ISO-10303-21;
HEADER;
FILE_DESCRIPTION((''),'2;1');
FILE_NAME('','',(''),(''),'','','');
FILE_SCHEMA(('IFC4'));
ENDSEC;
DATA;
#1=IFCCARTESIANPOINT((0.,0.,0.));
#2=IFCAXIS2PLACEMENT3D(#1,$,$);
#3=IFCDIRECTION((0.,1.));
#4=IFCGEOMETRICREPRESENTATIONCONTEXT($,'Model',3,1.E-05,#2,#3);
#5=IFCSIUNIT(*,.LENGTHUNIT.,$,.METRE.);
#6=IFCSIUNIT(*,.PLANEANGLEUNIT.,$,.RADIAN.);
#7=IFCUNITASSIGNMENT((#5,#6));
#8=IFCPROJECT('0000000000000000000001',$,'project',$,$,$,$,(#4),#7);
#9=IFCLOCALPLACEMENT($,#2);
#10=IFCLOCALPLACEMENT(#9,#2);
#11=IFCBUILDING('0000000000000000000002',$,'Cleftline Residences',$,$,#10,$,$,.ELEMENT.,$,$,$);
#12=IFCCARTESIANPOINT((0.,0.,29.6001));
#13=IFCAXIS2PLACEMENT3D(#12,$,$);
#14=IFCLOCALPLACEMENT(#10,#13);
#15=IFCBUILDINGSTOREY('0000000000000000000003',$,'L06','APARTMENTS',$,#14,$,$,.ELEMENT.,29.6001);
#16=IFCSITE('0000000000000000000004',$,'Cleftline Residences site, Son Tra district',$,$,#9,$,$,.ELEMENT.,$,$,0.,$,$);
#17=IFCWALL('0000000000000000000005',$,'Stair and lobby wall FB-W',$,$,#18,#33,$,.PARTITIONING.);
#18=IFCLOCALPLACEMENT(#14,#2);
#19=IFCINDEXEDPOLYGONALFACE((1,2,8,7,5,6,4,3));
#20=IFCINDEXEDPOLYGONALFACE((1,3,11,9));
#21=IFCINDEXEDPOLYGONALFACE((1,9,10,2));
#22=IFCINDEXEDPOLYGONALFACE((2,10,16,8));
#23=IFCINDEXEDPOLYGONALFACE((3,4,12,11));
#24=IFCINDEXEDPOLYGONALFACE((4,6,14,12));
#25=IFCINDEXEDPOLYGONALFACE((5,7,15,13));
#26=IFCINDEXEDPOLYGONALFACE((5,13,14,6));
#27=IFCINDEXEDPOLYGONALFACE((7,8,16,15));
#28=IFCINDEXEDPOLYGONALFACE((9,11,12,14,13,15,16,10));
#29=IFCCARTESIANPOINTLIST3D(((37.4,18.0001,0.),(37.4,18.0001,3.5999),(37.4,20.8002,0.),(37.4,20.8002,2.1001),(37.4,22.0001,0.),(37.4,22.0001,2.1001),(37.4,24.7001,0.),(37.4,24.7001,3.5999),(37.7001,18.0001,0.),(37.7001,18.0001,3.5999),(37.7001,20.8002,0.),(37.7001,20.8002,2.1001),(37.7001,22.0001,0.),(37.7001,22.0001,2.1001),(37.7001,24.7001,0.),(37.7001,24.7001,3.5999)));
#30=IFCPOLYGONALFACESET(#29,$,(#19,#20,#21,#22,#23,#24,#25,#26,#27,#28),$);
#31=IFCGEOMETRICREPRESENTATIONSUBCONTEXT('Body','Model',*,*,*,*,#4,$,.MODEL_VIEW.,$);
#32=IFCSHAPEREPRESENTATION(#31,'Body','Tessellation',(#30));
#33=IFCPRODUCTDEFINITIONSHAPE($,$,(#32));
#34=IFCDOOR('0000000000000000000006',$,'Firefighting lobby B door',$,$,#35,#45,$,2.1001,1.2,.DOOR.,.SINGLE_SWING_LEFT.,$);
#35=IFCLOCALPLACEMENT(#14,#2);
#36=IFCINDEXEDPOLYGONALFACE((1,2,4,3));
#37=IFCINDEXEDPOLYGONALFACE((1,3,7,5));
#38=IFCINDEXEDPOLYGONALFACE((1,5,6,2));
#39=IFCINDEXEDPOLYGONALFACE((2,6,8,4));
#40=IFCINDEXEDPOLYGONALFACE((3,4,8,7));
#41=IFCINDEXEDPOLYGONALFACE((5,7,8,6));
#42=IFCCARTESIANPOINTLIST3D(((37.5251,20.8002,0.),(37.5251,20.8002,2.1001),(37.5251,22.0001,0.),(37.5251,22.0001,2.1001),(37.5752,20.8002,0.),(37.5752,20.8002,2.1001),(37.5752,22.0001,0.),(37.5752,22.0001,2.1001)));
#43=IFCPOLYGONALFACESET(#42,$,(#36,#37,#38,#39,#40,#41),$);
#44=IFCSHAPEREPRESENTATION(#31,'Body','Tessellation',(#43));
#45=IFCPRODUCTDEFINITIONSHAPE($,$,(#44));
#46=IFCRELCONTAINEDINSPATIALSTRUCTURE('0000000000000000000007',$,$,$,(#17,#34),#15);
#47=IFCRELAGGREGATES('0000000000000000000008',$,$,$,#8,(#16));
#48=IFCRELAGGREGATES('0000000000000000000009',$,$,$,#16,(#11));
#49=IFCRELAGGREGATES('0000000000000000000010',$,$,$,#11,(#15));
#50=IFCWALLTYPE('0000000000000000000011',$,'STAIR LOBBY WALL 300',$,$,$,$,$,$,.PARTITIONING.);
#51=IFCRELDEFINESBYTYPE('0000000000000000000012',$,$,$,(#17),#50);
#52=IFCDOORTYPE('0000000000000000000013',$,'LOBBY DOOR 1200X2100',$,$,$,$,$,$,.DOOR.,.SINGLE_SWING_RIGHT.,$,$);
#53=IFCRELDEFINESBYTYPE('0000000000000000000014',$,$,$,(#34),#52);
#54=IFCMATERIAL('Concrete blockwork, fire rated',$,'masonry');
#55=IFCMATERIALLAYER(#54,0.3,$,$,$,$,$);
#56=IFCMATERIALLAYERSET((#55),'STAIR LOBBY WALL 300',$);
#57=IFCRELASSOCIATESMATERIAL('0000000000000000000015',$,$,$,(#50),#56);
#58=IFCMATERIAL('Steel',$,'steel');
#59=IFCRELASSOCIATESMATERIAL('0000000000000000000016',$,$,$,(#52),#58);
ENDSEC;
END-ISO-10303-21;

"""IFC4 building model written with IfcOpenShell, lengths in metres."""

from ifc_helpers import new_model, si_unit, direction, frame, frame_2d, origin, place, context, subcontext, project, spatial, rectangle, extrude, material, layer, layer_set, type_object, element, fill, save


model = new_model("IFC4")

# Units and contexts
model_context = context("Model", 3, precision=1e-05, world=origin(), true_north=direction((0.0, 1.0)))
body_context = subcontext(model_context, "Body", "Model", "MODEL_VIEW")
ifc_project = project(units=[si_unit("LENGTHUNIT", "METRE"), si_unit("PLANEANGLEUNIT", "RADIAN")], contexts=[model_context])

# Site, building, storey
site_placement = place(None, origin())
site = spatial("IfcSite", under=ifc_project, at=site_placement, Name="Cleftline Residences site, Son Tra district", CompositionType="ELEMENT", RefElevation=0.0)
building_placement = place(site_placement, origin())
building = spatial("IfcBuilding", under=site, at=building_placement, Name="Cleftline Residences", CompositionType="ELEMENT")
storey_placement = place(building_placement, frame((0.0, 0.0, 29.6001)))
storey = spatial("IfcBuildingStorey", under=building, at=storey_placement, Name="L06", Description="APARTMENTS", CompositionType="ELEMENT", Elevation=29.6001)

# Wall, opening, door
ifc_material_1 = material(Name="Concrete blockwork, fire rated", Category="masonry")
ifc_layer_1 = layer(ifc_material_1, 0.3)
ifc_layer_set_1 = layer_set([ifc_layer_1], Name="STAIR LOBBY WALL 300")
wall_type_1 = type_object("IfcWallType", Name="STAIR LOBBY WALL 300", PredefinedType="PARTITIONING", material=ifc_layer_set_1)
ifc_material_2 = material(Name="Steel", Category="steel")
door_type_1 = type_object("IfcDoorType", Name="LOBBY DOOR 1200X2100", OperationType="SINGLE_SWING_RIGHT", PredefinedType="DOOR", material=ifc_material_2)
wall_1_placement = place(storey_placement, frame((37.55, 18.0, 0.0), z_axis=(0.0, 0.0, 1.0), x_axis=(0.0, 1.0, 0.0)))
wall_1 = element("IfcWall", 1, at=wall_1_placement, inside=storey, type_object=wall_type_1, Name="Stair and lobby wall FB-W", PredefinedType="PARTITIONING", context=body_context, shape_type="SweptSolid", body=[
    extrude(rectangle(XDim=6.7, YDim=0.3, at=frame_2d((3.3501, 0.0))), origin(), (0.0, 0.0, 1.0), 3.5999),
])
opening_1_placement = place(wall_1_placement, frame((2.8, 0.0, 0.0)))
opening_1 = element("IfcOpeningElement", 2, at=opening_1_placement, cuts=wall_1, PredefinedType="OPENING", context=body_context, shape_type="SweptSolid", body=[
    extrude(rectangle(XDim=1.2, YDim=2.1001, at=frame_2d((0.6001, 1.05))), frame((0.0, 0.1599, 0.0), z_axis=(0.0, -1.0, 0.0), x_axis=(1.0, 0.0, 0.0)), (0.0, 0.0, 1.0), 0.3201),
])
door_1_placement = place(opening_1_placement, origin())
door_1 = element("IfcDoor", 3, at=door_1_placement, inside=storey, type_object=door_type_1, Name="Firefighting lobby B door", OperationType="SINGLE_SWING_LEFT", OverallHeight=2.1001, OverallWidth=1.2, PredefinedType="DOOR", context=body_context, shape_type="SweptSolid", body=[
    extrude(rectangle(XDim=1.2, YDim=2.1001, at=frame_2d((0.6001, 1.05))), frame((0.0, 0.0249, 0.0), z_axis=(0.0, -1.0, 0.0), x_axis=(1.0, 0.0, 0.0)), (0.0, 0.0, 1.0), 0.05),
])
fill(opening_1, door_1)

save(model, "model.ifc")
